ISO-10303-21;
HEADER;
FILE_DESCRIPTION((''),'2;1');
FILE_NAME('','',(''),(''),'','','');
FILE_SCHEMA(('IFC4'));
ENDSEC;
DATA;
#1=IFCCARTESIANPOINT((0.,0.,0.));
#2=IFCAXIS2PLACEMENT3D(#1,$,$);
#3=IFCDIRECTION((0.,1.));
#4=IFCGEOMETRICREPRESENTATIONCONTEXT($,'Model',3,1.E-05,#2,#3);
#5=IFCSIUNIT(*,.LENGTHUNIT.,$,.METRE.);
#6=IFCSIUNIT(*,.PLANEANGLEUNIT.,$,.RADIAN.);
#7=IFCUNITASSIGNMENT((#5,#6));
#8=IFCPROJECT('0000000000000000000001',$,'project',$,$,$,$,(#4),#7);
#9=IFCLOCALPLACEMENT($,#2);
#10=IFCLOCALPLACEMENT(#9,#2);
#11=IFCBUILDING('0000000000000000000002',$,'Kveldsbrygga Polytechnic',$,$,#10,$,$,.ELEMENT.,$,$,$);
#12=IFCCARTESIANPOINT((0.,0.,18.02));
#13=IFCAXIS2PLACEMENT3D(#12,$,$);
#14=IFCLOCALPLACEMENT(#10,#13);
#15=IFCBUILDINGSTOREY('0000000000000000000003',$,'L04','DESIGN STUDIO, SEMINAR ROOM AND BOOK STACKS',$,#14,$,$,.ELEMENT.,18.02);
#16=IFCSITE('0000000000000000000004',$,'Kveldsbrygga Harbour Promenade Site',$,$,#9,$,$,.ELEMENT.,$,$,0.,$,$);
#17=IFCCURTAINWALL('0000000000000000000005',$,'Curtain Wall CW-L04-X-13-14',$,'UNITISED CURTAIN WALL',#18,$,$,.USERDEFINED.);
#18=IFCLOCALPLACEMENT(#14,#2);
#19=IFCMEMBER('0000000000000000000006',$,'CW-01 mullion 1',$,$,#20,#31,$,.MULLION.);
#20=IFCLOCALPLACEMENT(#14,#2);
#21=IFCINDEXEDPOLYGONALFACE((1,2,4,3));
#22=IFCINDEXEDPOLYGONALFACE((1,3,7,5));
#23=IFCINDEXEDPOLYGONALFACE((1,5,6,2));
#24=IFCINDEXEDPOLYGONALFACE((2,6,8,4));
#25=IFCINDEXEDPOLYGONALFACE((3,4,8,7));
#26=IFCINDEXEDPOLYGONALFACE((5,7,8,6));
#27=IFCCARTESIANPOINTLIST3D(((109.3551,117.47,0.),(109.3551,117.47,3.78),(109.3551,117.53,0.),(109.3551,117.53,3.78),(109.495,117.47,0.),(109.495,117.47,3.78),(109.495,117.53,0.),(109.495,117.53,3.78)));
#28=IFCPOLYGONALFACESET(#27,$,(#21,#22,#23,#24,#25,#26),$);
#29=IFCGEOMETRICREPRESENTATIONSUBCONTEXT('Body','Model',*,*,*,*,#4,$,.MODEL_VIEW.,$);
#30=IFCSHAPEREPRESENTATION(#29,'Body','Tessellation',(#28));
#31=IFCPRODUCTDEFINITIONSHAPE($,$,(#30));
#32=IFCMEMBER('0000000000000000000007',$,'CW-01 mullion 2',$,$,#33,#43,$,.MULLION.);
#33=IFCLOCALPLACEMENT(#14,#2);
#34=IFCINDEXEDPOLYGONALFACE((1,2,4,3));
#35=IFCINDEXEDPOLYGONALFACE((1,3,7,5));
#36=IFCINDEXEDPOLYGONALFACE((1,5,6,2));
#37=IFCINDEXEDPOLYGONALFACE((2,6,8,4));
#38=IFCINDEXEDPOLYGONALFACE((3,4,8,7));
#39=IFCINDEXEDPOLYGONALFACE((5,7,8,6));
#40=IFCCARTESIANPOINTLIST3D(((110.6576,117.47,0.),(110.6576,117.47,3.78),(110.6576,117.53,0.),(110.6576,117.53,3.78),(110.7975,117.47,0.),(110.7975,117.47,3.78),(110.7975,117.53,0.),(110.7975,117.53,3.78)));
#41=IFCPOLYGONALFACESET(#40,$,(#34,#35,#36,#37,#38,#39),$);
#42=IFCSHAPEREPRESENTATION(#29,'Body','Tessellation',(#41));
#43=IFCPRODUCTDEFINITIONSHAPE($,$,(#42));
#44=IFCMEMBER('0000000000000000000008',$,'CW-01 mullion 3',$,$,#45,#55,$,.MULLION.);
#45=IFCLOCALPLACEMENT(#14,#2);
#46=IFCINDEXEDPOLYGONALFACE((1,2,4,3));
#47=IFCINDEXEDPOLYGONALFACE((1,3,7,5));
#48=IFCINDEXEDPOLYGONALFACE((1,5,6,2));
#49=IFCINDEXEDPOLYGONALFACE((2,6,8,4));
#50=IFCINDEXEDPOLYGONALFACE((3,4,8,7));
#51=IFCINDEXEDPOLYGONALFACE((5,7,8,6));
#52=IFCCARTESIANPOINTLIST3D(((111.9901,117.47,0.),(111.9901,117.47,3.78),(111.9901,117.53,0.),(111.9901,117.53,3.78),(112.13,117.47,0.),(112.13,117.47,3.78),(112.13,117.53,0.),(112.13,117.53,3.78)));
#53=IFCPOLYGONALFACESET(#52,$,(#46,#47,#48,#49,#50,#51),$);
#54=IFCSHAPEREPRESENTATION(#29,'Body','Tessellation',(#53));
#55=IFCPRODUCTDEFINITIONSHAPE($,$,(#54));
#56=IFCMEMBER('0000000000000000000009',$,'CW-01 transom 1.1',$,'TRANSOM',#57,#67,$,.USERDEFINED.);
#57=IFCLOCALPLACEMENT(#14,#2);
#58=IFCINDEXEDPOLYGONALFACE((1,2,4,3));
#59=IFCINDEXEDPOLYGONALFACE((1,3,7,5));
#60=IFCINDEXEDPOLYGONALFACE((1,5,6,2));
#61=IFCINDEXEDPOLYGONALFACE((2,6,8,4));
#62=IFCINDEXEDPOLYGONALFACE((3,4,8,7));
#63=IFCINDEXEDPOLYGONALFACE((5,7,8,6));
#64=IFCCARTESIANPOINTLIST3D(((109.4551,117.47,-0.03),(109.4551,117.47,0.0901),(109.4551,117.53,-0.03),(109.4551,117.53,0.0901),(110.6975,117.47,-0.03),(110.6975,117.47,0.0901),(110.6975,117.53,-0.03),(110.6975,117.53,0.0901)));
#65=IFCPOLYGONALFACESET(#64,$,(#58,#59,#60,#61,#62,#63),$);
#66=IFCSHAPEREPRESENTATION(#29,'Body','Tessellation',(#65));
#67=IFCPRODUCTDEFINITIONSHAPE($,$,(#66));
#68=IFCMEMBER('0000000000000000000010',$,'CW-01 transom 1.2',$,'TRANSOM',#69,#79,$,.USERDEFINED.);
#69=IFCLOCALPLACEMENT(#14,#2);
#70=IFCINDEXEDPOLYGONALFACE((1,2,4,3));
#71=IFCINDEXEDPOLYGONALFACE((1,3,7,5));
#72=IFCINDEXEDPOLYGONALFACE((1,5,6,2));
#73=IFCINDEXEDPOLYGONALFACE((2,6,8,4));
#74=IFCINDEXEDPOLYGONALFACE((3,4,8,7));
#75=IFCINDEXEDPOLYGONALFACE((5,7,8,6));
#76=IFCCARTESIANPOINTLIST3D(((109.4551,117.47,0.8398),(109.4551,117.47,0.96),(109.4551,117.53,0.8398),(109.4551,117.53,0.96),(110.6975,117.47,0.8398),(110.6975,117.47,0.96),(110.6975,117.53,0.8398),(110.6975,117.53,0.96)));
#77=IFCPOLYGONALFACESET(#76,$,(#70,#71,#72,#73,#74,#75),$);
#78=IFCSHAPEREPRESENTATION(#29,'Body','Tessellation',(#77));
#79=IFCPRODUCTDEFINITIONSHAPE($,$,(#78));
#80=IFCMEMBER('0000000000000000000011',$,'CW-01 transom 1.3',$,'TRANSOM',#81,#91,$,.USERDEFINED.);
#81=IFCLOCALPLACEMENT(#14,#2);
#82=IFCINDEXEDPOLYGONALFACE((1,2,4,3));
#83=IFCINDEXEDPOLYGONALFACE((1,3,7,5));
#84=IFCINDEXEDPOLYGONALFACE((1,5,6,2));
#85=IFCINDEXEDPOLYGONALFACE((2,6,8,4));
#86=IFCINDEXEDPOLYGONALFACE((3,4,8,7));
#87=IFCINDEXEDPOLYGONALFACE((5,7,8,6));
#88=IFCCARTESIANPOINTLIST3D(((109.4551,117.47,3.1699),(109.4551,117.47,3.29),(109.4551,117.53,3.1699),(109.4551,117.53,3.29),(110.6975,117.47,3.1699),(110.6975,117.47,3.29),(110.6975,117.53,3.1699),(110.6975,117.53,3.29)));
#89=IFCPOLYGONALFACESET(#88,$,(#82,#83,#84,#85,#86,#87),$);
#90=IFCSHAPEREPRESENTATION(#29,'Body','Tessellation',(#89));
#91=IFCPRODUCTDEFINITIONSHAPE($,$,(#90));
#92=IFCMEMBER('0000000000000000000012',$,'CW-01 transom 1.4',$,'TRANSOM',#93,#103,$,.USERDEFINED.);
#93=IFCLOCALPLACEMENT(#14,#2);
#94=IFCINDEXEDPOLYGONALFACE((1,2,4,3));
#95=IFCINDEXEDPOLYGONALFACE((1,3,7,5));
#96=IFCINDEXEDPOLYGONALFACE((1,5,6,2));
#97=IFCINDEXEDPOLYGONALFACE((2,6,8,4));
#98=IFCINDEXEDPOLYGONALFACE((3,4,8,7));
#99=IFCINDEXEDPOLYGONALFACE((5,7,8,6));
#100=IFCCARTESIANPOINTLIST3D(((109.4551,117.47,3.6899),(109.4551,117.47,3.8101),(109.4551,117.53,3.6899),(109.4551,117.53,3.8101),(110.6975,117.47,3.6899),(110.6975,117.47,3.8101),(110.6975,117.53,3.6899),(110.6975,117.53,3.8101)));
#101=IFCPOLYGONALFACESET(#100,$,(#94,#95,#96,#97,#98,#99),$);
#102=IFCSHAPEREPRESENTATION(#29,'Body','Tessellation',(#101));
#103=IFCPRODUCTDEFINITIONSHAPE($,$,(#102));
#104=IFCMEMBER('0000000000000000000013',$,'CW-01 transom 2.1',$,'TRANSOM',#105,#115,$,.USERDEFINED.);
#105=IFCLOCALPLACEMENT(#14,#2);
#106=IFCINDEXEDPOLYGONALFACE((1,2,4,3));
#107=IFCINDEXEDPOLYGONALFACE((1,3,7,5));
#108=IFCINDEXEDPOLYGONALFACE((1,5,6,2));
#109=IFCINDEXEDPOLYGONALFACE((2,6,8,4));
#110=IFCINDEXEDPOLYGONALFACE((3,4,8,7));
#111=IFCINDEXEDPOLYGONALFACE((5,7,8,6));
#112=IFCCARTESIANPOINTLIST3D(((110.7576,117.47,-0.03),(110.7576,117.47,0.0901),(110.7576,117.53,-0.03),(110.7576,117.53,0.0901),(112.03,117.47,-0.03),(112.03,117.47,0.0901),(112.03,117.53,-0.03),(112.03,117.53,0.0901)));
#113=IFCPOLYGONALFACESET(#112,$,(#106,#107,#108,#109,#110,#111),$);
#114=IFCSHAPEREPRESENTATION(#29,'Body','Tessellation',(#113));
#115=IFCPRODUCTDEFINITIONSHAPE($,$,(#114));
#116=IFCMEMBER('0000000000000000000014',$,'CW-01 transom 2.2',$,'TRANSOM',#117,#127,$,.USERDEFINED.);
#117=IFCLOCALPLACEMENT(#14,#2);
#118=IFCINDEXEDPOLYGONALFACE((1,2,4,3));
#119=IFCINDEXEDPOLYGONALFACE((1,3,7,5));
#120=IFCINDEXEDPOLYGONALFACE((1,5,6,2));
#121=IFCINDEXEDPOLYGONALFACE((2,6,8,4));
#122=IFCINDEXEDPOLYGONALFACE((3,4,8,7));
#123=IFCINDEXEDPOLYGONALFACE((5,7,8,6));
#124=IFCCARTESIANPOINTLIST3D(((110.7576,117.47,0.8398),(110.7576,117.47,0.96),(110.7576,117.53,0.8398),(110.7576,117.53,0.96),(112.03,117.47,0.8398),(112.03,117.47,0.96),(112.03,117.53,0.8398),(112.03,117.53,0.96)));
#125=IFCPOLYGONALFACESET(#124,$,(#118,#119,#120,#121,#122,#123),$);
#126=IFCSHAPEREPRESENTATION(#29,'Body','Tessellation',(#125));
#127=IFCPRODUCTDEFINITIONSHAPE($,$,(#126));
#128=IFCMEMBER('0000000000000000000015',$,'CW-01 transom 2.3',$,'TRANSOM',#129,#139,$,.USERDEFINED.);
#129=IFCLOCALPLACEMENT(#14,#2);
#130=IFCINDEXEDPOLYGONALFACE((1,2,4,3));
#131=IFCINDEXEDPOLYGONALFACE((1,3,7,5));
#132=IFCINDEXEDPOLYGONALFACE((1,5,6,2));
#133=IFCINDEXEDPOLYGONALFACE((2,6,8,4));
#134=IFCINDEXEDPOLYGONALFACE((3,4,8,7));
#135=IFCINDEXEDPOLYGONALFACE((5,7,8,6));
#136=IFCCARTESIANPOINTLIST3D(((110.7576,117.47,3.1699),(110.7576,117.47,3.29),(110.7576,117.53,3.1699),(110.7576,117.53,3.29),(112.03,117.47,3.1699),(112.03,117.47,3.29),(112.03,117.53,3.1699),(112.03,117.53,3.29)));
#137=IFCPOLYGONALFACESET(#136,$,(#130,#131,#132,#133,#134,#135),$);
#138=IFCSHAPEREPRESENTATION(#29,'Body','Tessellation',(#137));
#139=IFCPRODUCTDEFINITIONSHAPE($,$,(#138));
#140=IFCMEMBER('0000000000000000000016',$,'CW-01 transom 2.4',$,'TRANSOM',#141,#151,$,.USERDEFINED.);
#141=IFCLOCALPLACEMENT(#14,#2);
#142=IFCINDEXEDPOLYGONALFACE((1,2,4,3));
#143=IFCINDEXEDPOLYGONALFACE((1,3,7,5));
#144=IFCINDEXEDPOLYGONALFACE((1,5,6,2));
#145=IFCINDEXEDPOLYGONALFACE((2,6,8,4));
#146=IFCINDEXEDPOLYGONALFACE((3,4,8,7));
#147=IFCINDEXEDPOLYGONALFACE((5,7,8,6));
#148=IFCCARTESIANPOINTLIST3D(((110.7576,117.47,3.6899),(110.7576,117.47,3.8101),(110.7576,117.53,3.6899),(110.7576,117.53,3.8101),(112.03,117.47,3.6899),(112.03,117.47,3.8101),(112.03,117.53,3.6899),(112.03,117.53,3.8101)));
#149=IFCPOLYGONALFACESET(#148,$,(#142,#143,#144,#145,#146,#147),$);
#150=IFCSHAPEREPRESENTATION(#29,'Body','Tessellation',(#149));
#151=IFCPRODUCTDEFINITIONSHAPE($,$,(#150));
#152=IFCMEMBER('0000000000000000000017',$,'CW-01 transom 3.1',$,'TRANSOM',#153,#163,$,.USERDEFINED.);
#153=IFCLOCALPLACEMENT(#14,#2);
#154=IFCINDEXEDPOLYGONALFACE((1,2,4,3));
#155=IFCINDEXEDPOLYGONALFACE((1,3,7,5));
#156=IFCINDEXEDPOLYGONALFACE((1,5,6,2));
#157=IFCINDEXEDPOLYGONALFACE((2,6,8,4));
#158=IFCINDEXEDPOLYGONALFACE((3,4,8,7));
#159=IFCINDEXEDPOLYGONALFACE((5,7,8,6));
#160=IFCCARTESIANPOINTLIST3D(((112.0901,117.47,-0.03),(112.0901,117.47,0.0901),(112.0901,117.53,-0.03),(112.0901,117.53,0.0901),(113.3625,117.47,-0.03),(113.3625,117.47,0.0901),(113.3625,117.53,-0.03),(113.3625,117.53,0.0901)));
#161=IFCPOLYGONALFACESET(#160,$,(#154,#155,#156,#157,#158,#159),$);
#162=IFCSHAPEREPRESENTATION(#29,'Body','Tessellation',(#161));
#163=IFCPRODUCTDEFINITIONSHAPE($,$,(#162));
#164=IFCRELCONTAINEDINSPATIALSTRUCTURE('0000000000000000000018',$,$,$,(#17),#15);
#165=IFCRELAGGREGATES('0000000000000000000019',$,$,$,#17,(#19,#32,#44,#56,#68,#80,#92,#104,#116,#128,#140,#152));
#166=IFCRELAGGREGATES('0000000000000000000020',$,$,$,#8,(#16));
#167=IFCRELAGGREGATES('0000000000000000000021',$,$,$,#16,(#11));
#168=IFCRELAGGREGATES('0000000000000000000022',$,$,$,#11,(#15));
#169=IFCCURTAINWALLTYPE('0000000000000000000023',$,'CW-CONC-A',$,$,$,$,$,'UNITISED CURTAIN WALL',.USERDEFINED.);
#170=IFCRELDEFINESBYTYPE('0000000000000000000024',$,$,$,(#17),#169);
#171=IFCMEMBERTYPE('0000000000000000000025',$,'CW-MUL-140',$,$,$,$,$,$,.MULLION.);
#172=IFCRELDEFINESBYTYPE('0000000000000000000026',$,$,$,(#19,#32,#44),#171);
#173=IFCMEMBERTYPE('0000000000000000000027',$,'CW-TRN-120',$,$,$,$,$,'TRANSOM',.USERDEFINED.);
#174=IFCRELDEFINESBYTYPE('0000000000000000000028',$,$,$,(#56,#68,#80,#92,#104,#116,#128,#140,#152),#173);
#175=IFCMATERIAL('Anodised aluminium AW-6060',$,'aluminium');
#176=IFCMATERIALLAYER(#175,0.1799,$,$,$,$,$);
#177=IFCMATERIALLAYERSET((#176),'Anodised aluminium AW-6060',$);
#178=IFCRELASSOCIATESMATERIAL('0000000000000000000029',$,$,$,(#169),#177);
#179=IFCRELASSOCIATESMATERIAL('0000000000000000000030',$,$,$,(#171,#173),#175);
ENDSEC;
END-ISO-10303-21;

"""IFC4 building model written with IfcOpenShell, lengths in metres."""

from ifc_helpers import new_model, si_unit, direction, frame, origin, origin_2d, place, context, subcontext, project, spatial, rectangle, extrude, material, layer, layer_set, material_profile, profile_set, type_object, element, aggregate, save


model = new_model("IFC4")

# Units and contexts
model_context = context("Model", 3, precision=1e-05, world=origin(), true_north=direction((0.0, 1.0)))
body_context = subcontext(model_context, "Body", "Model", "MODEL_VIEW")
ifc_project = project(units=[si_unit("LENGTHUNIT", "METRE"), si_unit("PLANEANGLEUNIT", "RADIAN")], contexts=[model_context])

# Site, building, storey
site_placement = place(None, origin())
site = spatial("IfcSite", under=ifc_project, at=site_placement, Name="Kveldsbrygga Harbour Promenade Site", CompositionType="ELEMENT", RefElevation=0.0)
building_placement = place(site_placement, origin())
building = spatial("IfcBuilding", under=site, at=building_placement, Name="Kveldsbrygga Polytechnic", CompositionType="ELEMENT")
storey_placement = place(building_placement, frame((0.0, 0.0, 18.02)))
storey = spatial("IfcBuildingStorey", under=building, at=storey_placement, Name="L04", Description="DESIGN STUDIO, SEMINAR ROOM AND BOOK STACKS", CompositionType="ELEMENT", Elevation=18.02)

# Curtain wall, members
ifc_material_1 = material(Name="Anodised aluminium AW-6060", Category="aluminium")
ifc_layer_1 = layer(ifc_material_1, 0.1799)
ifc_layer_set_1 = layer_set([ifc_layer_1], Name="Anodised aluminium AW-6060")
curtain_wall_type = type_object("IfcCurtainWallType", Name="CW-CONC-A", ElementType="UNITISED CURTAIN WALL", PredefinedType="USERDEFINED", material=ifc_layer_set_1)
curtain_wall_placement = place(storey_placement, origin())
curtain_wall = element("IfcCurtainWall", 1, at=curtain_wall_placement, inside=storey, type_object=curtain_wall_type, Name="Curtain Wall CW-L04-X-13-14", ObjectType="UNITISED CURTAIN WALL", PredefinedType="USERDEFINED")
ifc_material_profile_1 = material_profile(ifc_material_1, rectangle(XDim=0.0601, YDim=0.1399, at=origin_2d()), Name="ALU 60x140")
ifc_profile_set_1 = profile_set([ifc_material_profile_1], Name="Anodised aluminium AW-6060")
member_type_1 = type_object("IfcMemberType", Name="CW-MUL-140", PredefinedType="MULLION", material=ifc_profile_set_1)
member_1_placement = place(storey_placement, frame((109.425, 117.5, 0.0), z_axis=(0.0, 0.0, 1.0), x_axis=(0.0, 1.0, 0.0)))
member_1 = element("IfcMember", 2, at=member_1_placement, type_object=member_type_1, Name="CW-01 mullion 1", PredefinedType="MULLION", context=body_context, shape_type="SweptSolid", body=[
    extrude(rectangle(XDim=0.0601, YDim=0.1399, at=origin_2d()), origin(), (0.0, 0.0, 1.0), 3.78),
])
member_2_placement = place(storey_placement, frame((110.7275, 117.5, 0.0), z_axis=(0.0, 0.0, 1.0), x_axis=(0.0, 1.0, 0.0)))
member_2 = element("IfcMember", 3, at=member_2_placement, type_object=member_type_1, Name="CW-01 mullion 2", PredefinedType="MULLION", context=body_context, shape_type="SweptSolid", body=[
    extrude(rectangle(XDim=0.0601, YDim=0.1399, at=origin_2d()), origin(), (0.0, 0.0, 1.0), 3.78),
])
member_3_placement = place(storey_placement, frame((112.0601, 117.5, 0.0), z_axis=(0.0, 0.0, 1.0), x_axis=(0.0, 1.0, 0.0)))
member_3 = element("IfcMember", 4, at=member_3_placement, type_object=member_type_1, Name="CW-01 mullion 3", PredefinedType="MULLION", context=body_context, shape_type="SweptSolid", body=[
    extrude(rectangle(XDim=0.0601, YDim=0.1399, at=origin_2d()), origin(), (0.0, 0.0, 1.0), 3.78),
])
ifc_material_profile_2 = material_profile(ifc_material_1, rectangle(XDim=0.0601, YDim=0.1201, at=origin_2d()), Name="ALU 60x120")
ifc_profile_set_2 = profile_set([ifc_material_profile_2], Name="Anodised aluminium AW-6060")
member_type_2 = type_object("IfcMemberType", Name="CW-TRN-120", ElementType="TRANSOM", PredefinedType="USERDEFINED", material=ifc_profile_set_2)
member_4_placement = place(storey_placement, frame((109.4551, 117.5, 0.03), z_axis=(1.0, 0.0, 0.0), x_axis=(0.0, 1.0, 0.0)))
member_4 = element("IfcMember", 5, at=member_4_placement, type_object=member_type_2, Name="CW-01 transom 1.1", ObjectType="TRANSOM", PredefinedType="USERDEFINED", context=body_context, shape_type="SweptSolid", body=[
    extrude(rectangle(XDim=0.0601, YDim=0.1201, at=origin_2d()), origin(), (0.0, 0.0, 1.0), 1.2424),
])
member_5_placement = place(storey_placement, frame((109.4551, 117.5, 0.8999), z_axis=(1.0, 0.0, 0.0), x_axis=(0.0, 1.0, 0.0)))
member_5 = element("IfcMember", 6, at=member_5_placement, type_object=member_type_2, Name="CW-01 transom 1.2", ObjectType="TRANSOM", PredefinedType="USERDEFINED", context=body_context, shape_type="SweptSolid", body=[
    extrude(rectangle(XDim=0.0601, YDim=0.1201, at=origin_2d()), origin(), (0.0, 0.0, 1.0), 1.2424),
])
member_6_placement = place(storey_placement, frame((109.4551, 117.5, 3.23), z_axis=(1.0, 0.0, 0.0), x_axis=(0.0, 1.0, 0.0)))
member_6 = element("IfcMember", 7, at=member_6_placement, type_object=member_type_2, Name="CW-01 transom 1.3", ObjectType="TRANSOM", PredefinedType="USERDEFINED", context=body_context, shape_type="SweptSolid", body=[
    extrude(rectangle(XDim=0.0601, YDim=0.1201, at=origin_2d()), origin(), (0.0, 0.0, 1.0), 1.2424),
])
member_7_placement = place(storey_placement, frame((109.4551, 117.5, 3.75), z_axis=(1.0, 0.0, 0.0), x_axis=(0.0, 1.0, 0.0)))
member_7 = element("IfcMember", 8, at=member_7_placement, type_object=member_type_2, Name="CW-01 transom 1.4", ObjectType="TRANSOM", PredefinedType="USERDEFINED", context=body_context, shape_type="SweptSolid", body=[
    extrude(rectangle(XDim=0.0601, YDim=0.1201, at=origin_2d()), origin(), (0.0, 0.0, 1.0), 1.2424),
])
member_8_placement = place(storey_placement, frame((110.7576, 117.5, 0.03), z_axis=(1.0, 0.0, 0.0), x_axis=(0.0, 1.0, 0.0)))
member_8 = element("IfcMember", 9, at=member_8_placement, type_object=member_type_2, Name="CW-01 transom 2.1", ObjectType="TRANSOM", PredefinedType="USERDEFINED", context=body_context, shape_type="SweptSolid", body=[
    extrude(rectangle(XDim=0.0601, YDim=0.1201, at=origin_2d()), origin(), (0.0, 0.0, 1.0), 1.2725),
])
member_9_placement = place(storey_placement, frame((110.7576, 117.5, 0.8999), z_axis=(1.0, 0.0, 0.0), x_axis=(0.0, 1.0, 0.0)))
member_9 = element("IfcMember", 10, at=member_9_placement, type_object=member_type_2, Name="CW-01 transom 2.2", ObjectType="TRANSOM", PredefinedType="USERDEFINED", context=body_context, shape_type="SweptSolid", body=[
    extrude(rectangle(XDim=0.0601, YDim=0.1201, at=origin_2d()), origin(), (0.0, 0.0, 1.0), 1.2725),
])
member_10_placement = place(storey_placement, frame((110.7576, 117.5, 3.23), z_axis=(1.0, 0.0, 0.0), x_axis=(0.0, 1.0, 0.0)))
member_10 = element("IfcMember", 11, at=member_10_placement, type_object=member_type_2, Name="CW-01 transom 2.3", ObjectType="TRANSOM", PredefinedType="USERDEFINED", context=body_context, shape_type="SweptSolid", body=[
    extrude(rectangle(XDim=0.0601, YDim=0.1201, at=origin_2d()), origin(), (0.0, 0.0, 1.0), 1.2725),
])
member_11_placement = place(storey_placement, frame((110.7576, 117.5, 3.75), z_axis=(1.0, 0.0, 0.0), x_axis=(0.0, 1.0, 0.0)))
member_11 = element("IfcMember", 12, at=member_11_placement, type_object=member_type_2, Name="CW-01 transom 2.4", ObjectType="TRANSOM", PredefinedType="USERDEFINED", context=body_context, shape_type="SweptSolid", body=[
    extrude(rectangle(XDim=0.0601, YDim=0.1201, at=origin_2d()), origin(), (0.0, 0.0, 1.0), 1.2725),
])
member_12_placement = place(storey_placement, frame((112.0901, 117.5, 0.03), z_axis=(1.0, 0.0, 0.0), x_axis=(0.0, 1.0, 0.0)))
member_12 = element("IfcMember", 13, at=member_12_placement, type_object=member_type_2, Name="CW-01 transom 3.1", ObjectType="TRANSOM", PredefinedType="USERDEFINED", context=body_context, shape_type="SweptSolid", body=[
    extrude(rectangle(XDim=0.0601, YDim=0.1201, at=origin_2d()), origin(), (0.0, 0.0, 1.0), 1.2725),
])

aggregate(curtain_wall, [member_1, member_2, member_3, member_4, member_5, member_6, member_7, member_8, member_9, member_10, member_11, member_12])

save(model, "model.ifc")
